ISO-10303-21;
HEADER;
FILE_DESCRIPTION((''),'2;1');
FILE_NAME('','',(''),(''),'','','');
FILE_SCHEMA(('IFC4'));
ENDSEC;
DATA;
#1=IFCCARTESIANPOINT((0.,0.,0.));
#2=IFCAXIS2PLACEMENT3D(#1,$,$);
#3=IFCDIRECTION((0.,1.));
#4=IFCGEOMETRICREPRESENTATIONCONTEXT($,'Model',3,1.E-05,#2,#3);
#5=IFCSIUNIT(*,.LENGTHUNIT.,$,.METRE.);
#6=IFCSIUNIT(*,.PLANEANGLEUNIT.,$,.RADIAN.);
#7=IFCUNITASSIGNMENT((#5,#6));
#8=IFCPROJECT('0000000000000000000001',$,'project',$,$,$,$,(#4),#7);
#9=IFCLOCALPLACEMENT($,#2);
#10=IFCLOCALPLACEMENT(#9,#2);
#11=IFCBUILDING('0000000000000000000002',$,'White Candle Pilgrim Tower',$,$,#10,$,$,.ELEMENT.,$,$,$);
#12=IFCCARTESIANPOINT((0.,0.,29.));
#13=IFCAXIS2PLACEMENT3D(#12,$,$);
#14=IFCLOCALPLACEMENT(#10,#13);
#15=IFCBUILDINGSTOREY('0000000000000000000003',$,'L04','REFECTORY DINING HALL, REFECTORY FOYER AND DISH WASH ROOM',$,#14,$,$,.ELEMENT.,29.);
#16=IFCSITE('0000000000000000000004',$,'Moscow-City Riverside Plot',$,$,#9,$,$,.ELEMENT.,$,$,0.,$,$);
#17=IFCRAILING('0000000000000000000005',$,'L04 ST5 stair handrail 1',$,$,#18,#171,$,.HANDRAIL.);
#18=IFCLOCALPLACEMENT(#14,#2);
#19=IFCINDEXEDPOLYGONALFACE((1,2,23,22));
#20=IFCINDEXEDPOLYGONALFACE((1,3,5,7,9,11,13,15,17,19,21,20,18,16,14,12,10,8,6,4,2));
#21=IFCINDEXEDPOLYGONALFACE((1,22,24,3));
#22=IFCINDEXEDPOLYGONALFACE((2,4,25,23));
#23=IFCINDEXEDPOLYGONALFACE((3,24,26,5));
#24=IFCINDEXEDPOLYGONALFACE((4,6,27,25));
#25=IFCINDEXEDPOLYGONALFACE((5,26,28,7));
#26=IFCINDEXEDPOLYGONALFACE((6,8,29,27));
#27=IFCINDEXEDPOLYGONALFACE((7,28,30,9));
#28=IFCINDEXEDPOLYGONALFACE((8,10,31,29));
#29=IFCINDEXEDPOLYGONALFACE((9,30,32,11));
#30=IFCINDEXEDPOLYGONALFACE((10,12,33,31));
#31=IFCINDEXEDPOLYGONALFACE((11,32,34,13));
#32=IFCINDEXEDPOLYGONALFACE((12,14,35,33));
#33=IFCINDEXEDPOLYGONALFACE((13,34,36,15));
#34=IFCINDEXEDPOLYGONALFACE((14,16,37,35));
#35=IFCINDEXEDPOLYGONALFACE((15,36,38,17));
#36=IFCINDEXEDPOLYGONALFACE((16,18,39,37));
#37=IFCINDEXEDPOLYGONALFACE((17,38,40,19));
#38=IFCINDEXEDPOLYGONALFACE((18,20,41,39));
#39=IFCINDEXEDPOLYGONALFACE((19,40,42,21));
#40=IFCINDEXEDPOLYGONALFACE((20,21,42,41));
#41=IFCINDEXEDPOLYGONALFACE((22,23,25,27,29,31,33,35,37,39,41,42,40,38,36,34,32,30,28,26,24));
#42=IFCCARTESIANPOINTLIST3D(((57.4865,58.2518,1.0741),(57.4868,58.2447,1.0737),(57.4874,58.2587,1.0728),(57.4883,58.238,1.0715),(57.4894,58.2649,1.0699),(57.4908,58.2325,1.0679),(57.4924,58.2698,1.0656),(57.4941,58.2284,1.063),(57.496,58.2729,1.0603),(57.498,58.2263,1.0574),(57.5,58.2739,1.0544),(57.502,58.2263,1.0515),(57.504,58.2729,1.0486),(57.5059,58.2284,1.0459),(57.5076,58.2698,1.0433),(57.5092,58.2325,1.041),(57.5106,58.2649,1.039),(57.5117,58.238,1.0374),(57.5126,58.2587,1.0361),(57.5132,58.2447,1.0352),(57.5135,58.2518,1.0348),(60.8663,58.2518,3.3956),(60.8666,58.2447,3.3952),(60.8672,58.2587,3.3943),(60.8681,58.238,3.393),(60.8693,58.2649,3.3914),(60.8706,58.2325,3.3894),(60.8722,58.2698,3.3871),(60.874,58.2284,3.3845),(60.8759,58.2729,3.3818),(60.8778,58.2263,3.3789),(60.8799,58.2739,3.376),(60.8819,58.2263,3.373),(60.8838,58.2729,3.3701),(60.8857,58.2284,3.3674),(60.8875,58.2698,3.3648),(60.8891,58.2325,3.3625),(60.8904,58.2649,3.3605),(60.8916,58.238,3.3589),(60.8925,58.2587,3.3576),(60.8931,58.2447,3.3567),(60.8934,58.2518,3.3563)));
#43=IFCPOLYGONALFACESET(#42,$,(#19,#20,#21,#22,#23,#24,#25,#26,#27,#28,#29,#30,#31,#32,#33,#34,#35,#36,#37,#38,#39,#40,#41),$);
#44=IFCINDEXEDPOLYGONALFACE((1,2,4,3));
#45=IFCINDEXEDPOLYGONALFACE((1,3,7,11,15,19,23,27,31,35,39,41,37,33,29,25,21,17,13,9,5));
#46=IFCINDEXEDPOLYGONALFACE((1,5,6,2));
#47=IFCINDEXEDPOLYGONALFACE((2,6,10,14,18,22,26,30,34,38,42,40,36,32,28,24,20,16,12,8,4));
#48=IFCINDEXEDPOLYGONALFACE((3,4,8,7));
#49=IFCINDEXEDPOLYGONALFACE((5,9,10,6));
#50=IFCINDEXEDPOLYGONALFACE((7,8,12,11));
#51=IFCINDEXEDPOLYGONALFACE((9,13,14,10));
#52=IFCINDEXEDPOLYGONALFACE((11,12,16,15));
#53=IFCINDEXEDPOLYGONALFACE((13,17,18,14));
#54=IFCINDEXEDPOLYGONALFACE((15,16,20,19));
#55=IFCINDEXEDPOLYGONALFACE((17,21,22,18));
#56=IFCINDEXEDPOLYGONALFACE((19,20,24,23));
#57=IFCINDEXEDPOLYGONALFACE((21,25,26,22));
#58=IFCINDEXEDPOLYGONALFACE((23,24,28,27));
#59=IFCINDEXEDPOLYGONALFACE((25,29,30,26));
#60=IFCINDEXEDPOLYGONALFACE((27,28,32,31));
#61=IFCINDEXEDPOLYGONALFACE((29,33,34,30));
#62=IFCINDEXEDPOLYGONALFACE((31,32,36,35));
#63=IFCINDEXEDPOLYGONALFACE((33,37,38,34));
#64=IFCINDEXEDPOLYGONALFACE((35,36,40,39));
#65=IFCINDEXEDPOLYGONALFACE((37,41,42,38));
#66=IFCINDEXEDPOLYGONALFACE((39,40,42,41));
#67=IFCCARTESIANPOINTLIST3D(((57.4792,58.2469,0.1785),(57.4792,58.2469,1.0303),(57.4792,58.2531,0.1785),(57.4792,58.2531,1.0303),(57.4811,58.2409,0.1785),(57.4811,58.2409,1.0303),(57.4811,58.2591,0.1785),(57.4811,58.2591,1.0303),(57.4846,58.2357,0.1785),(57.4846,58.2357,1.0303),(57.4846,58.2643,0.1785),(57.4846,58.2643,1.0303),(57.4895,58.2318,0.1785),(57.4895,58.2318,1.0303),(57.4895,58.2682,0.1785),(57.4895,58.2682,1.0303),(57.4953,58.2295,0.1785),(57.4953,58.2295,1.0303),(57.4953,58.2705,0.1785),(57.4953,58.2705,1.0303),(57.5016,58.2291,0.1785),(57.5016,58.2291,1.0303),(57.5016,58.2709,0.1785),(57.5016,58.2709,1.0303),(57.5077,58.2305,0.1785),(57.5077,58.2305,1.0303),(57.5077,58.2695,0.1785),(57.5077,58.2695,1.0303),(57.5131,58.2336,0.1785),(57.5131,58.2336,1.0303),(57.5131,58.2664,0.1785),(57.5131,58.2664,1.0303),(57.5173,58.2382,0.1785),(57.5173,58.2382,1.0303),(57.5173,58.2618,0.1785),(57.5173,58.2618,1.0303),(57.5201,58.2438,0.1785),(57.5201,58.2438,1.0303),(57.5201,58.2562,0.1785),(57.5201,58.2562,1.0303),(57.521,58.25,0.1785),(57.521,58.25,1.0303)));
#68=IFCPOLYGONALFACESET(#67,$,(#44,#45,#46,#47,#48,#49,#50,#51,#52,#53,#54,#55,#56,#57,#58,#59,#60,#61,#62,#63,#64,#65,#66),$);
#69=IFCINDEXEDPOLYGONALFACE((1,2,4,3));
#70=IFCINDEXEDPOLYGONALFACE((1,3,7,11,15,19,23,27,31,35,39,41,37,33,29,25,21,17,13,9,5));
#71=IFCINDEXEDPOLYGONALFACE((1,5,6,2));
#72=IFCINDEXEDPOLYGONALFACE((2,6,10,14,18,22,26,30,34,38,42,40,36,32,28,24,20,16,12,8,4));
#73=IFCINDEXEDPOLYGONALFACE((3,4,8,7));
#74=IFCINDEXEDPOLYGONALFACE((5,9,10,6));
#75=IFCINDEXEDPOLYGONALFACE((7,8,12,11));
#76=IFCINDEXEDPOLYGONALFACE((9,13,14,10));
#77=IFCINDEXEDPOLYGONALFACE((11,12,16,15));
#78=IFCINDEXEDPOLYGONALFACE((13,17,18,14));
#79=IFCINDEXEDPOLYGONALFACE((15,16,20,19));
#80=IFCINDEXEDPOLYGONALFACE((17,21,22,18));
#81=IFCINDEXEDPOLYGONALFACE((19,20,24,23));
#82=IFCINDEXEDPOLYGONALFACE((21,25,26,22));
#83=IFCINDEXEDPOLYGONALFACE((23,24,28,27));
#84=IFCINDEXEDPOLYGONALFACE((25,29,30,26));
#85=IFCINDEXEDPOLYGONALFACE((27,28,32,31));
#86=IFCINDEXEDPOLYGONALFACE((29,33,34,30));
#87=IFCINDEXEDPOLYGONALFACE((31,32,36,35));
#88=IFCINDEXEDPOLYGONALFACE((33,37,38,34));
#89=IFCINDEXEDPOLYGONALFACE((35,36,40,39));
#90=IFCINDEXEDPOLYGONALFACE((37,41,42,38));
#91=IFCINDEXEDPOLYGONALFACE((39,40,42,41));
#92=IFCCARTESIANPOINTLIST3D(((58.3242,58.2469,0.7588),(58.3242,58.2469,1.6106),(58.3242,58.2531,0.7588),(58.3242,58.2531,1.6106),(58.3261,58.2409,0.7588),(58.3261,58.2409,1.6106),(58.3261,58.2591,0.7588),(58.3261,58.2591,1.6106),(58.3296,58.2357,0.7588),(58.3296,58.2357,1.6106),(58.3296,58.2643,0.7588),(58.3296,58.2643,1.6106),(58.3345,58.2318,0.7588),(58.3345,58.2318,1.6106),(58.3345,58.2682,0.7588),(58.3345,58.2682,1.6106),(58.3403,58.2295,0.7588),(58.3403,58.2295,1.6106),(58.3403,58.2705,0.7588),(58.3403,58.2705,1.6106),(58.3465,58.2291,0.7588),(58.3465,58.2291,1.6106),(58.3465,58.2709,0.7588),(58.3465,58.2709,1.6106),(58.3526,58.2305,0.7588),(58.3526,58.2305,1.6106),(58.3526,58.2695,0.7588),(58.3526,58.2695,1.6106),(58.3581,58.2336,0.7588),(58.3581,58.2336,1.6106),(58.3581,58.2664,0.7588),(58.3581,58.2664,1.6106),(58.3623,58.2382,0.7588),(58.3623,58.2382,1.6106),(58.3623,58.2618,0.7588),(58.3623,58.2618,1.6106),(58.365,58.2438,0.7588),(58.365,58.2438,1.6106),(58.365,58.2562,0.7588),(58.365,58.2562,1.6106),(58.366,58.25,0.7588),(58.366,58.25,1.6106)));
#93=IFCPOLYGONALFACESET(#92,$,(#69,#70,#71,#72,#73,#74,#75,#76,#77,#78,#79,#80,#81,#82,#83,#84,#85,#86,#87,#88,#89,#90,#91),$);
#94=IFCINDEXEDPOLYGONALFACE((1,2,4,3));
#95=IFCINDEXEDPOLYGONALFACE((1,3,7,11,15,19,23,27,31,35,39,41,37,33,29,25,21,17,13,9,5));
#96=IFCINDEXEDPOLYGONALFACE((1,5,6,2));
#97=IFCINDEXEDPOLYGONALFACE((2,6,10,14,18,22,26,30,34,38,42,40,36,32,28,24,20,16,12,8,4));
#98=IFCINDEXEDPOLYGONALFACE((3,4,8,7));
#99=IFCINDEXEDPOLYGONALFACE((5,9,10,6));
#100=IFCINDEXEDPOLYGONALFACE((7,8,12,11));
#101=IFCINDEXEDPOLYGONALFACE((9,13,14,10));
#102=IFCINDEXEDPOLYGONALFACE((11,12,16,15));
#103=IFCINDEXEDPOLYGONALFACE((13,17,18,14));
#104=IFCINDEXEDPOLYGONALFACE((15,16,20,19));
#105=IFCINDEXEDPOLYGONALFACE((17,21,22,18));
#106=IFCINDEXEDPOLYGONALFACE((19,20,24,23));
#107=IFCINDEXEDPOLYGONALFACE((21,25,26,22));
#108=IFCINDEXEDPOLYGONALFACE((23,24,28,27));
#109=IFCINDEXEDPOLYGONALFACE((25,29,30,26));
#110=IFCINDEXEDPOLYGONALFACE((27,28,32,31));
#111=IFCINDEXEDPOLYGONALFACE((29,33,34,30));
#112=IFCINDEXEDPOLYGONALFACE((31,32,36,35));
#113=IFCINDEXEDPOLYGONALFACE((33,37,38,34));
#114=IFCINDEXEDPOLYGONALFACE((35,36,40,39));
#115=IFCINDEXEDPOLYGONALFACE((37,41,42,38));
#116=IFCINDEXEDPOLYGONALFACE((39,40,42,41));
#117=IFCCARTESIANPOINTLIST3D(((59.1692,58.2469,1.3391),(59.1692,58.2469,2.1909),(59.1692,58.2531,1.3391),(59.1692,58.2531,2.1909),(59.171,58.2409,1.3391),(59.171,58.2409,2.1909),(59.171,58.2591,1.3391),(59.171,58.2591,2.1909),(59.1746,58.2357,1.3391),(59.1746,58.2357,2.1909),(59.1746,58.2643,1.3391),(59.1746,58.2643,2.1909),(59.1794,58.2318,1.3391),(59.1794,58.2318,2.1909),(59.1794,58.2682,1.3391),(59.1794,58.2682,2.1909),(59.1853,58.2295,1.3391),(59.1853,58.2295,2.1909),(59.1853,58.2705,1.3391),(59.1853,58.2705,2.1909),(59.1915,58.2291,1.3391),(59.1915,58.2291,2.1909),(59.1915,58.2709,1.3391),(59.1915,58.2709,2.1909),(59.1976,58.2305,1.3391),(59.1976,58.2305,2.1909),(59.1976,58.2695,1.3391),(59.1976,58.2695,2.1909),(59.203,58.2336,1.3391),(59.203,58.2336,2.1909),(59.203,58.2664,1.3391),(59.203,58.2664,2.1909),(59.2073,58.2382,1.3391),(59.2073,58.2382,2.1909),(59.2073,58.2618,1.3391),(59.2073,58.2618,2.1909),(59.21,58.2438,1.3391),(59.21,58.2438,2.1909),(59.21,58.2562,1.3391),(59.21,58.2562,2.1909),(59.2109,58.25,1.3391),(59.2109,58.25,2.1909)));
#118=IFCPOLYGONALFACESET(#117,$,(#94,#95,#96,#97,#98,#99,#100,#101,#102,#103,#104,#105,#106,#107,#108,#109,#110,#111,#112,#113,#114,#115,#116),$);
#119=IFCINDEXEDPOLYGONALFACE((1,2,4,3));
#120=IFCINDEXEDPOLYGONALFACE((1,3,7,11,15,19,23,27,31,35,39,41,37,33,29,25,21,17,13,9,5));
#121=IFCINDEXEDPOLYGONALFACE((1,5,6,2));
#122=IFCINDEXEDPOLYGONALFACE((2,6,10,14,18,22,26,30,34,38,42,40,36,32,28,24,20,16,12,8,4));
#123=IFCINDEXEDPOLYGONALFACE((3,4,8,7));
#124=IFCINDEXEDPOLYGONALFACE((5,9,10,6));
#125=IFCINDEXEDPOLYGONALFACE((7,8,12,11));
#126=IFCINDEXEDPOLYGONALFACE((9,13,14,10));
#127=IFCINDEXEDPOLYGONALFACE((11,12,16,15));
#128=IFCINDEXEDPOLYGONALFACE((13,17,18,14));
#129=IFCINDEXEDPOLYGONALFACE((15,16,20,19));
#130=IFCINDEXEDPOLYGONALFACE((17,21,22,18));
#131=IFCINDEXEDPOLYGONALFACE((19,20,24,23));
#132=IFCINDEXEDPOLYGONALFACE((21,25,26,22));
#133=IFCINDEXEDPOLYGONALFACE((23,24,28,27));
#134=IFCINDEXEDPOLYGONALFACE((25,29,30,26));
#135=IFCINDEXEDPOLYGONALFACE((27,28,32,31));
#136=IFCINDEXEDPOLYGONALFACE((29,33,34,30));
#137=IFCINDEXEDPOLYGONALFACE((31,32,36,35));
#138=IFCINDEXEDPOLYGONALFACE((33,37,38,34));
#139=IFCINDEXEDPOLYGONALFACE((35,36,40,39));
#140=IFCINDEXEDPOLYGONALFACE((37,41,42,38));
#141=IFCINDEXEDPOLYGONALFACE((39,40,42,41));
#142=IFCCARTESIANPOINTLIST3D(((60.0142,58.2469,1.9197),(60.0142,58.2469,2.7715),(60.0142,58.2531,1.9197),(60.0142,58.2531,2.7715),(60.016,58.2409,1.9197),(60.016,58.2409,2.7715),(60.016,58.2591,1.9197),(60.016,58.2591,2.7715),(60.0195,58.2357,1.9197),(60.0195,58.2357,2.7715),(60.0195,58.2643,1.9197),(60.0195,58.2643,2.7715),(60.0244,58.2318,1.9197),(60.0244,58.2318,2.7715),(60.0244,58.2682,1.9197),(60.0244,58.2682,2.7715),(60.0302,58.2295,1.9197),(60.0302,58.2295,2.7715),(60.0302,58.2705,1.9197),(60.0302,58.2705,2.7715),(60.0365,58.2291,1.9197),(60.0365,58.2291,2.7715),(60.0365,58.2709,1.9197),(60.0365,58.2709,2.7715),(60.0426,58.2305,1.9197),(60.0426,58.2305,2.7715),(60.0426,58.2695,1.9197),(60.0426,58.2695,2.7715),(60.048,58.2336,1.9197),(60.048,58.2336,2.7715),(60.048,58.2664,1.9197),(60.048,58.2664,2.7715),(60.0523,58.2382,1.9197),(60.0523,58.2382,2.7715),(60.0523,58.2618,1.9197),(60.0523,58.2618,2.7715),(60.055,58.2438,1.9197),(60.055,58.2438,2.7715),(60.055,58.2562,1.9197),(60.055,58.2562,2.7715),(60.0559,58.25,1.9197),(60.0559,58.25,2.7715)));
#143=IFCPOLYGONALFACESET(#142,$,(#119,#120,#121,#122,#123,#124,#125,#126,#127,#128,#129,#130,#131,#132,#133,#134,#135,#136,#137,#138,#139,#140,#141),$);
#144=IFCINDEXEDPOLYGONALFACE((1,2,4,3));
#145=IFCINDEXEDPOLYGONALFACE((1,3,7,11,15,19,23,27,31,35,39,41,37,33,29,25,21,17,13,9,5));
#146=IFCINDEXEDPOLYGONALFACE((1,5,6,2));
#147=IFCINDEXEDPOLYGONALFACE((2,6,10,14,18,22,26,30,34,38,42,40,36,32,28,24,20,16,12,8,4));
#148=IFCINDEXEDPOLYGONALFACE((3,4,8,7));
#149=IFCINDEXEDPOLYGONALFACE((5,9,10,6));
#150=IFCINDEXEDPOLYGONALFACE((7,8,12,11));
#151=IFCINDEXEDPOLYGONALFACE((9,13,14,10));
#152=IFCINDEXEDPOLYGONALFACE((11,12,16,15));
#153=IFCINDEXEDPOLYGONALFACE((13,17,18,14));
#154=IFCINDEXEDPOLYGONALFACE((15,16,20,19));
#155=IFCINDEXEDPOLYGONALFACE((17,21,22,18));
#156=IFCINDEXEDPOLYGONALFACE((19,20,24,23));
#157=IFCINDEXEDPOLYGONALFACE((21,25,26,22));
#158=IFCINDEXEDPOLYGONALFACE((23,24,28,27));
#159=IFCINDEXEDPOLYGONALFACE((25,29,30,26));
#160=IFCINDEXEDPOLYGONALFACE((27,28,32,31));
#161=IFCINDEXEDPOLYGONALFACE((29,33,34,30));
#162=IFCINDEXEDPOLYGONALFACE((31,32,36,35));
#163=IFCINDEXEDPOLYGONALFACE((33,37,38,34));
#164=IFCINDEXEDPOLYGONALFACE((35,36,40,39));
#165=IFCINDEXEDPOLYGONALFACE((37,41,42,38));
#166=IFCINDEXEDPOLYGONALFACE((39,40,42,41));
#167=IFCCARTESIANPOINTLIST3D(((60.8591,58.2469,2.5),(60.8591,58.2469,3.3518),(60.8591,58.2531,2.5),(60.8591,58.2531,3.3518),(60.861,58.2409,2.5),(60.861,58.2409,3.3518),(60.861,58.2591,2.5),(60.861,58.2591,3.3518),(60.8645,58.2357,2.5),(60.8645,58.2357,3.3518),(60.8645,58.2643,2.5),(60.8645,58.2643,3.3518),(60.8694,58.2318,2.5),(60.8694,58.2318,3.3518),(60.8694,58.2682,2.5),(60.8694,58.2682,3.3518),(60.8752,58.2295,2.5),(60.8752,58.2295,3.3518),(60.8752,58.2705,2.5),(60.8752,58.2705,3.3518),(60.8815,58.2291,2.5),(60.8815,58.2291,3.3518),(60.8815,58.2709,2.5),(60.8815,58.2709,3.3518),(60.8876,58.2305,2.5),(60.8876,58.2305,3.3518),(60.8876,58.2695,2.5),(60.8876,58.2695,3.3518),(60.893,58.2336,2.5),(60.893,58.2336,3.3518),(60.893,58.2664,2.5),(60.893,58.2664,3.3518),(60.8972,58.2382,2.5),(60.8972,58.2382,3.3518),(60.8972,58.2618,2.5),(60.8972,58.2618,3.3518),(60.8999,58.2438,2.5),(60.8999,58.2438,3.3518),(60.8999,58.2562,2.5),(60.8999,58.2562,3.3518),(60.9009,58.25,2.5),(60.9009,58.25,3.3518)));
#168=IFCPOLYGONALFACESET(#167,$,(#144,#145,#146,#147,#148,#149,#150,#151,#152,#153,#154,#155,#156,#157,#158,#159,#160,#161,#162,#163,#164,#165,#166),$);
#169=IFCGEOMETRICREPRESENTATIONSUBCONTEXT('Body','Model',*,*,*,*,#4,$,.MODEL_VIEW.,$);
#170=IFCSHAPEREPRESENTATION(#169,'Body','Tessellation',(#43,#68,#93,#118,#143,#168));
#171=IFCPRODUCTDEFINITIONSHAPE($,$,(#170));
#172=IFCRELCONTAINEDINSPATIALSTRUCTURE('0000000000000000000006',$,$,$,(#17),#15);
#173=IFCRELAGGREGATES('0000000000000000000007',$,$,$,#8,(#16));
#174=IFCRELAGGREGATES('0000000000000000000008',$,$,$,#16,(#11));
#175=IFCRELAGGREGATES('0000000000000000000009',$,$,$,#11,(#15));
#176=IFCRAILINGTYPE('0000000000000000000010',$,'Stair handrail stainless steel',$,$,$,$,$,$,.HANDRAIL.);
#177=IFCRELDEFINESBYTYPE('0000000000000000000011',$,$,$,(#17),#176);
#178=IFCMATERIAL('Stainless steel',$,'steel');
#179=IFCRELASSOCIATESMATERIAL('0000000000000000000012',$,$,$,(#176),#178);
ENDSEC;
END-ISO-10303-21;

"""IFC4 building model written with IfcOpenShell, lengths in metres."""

from ifc_helpers import new_model, si_unit, direction, frame, origin, origin_2d, place, context, subcontext, project, spatial, circle, extrude, material, type_object, element, save


model = new_model("IFC4")

# Units and contexts
model_context = context("Model", 3, precision=1e-05, world=origin(), true_north=direction((0.0, 1.0)))
body_context = subcontext(model_context, "Body", "Model", "MODEL_VIEW")
ifc_project = project(units=[si_unit("LENGTHUNIT", "METRE"), si_unit("PLANEANGLEUNIT", "RADIAN")], contexts=[model_context])

# Site, building, storey
site_placement = place(None, origin())
site = spatial("IfcSite", under=ifc_project, at=site_placement, Name="Moscow-City Riverside Plot", CompositionType="ELEMENT", RefElevation=0.0)
building_placement = place(site_placement, origin())
building = spatial("IfcBuilding", under=site, at=building_placement, Name="White Candle Pilgrim Tower", CompositionType="ELEMENT")
storey_placement = place(building_placement, frame((0.0, 0.0, 29.0)))
storey = spatial("IfcBuildingStorey", under=building, at=storey_placement, Name="L04", Description="REFECTORY DINING HALL, REFECTORY FOYER AND DISH WASH ROOM", CompositionType="ELEMENT", Elevation=29.0)

# Railing
ifc_material_1 = material(Name="Stainless steel", Category="steel")
railing_type_1 = type_object("IfcRailingType", Name="Stair handrail stainless steel", PredefinedType="HANDRAIL", material=ifc_material_1)
railing_1_placement = place(storey_placement, frame((57.5, 58.25, 0.1785)))
element("IfcRailing", 1, at=railing_1_placement, inside=storey, type_object=railing_type_1, Name="L04 ST5 stair handrail 1", PredefinedType="HANDRAIL", context=body_context, shape_type="SweptSolid", body=[
    extrude(circle(Radius=0.0239, at=origin_2d()), frame((0.0, 0.0, 0.876), z_axis=(0.824285, 0.0, 0.566175), x_axis=(0.0, 1.0, 0.0)), (0.0, 0.0, 1.0), 4.1003),
    extrude(circle(Radius=0.021, at=origin_2d()), origin(), (0.0, 0.0, 1.0), 0.8518),
    extrude(circle(Radius=0.021, at=origin_2d()), frame((0.845, 0.0, 0.5803)), (0.0, 0.0, 1.0), 0.8518),
    extrude(circle(Radius=0.021, at=origin_2d()), frame((1.6899, 0.0, 1.1606)), (0.0, 0.0, 1.0), 0.8518),
    extrude(circle(Radius=0.021, at=origin_2d()), frame((2.5349, 0.0, 1.7412)), (0.0, 0.0, 1.0), 0.8518),
    extrude(circle(Radius=0.021, at=origin_2d()), frame((3.3799, 0.0, 2.3215)), (0.0, 0.0, 1.0), 0.8518),
])

save(model, "model.ifc")
